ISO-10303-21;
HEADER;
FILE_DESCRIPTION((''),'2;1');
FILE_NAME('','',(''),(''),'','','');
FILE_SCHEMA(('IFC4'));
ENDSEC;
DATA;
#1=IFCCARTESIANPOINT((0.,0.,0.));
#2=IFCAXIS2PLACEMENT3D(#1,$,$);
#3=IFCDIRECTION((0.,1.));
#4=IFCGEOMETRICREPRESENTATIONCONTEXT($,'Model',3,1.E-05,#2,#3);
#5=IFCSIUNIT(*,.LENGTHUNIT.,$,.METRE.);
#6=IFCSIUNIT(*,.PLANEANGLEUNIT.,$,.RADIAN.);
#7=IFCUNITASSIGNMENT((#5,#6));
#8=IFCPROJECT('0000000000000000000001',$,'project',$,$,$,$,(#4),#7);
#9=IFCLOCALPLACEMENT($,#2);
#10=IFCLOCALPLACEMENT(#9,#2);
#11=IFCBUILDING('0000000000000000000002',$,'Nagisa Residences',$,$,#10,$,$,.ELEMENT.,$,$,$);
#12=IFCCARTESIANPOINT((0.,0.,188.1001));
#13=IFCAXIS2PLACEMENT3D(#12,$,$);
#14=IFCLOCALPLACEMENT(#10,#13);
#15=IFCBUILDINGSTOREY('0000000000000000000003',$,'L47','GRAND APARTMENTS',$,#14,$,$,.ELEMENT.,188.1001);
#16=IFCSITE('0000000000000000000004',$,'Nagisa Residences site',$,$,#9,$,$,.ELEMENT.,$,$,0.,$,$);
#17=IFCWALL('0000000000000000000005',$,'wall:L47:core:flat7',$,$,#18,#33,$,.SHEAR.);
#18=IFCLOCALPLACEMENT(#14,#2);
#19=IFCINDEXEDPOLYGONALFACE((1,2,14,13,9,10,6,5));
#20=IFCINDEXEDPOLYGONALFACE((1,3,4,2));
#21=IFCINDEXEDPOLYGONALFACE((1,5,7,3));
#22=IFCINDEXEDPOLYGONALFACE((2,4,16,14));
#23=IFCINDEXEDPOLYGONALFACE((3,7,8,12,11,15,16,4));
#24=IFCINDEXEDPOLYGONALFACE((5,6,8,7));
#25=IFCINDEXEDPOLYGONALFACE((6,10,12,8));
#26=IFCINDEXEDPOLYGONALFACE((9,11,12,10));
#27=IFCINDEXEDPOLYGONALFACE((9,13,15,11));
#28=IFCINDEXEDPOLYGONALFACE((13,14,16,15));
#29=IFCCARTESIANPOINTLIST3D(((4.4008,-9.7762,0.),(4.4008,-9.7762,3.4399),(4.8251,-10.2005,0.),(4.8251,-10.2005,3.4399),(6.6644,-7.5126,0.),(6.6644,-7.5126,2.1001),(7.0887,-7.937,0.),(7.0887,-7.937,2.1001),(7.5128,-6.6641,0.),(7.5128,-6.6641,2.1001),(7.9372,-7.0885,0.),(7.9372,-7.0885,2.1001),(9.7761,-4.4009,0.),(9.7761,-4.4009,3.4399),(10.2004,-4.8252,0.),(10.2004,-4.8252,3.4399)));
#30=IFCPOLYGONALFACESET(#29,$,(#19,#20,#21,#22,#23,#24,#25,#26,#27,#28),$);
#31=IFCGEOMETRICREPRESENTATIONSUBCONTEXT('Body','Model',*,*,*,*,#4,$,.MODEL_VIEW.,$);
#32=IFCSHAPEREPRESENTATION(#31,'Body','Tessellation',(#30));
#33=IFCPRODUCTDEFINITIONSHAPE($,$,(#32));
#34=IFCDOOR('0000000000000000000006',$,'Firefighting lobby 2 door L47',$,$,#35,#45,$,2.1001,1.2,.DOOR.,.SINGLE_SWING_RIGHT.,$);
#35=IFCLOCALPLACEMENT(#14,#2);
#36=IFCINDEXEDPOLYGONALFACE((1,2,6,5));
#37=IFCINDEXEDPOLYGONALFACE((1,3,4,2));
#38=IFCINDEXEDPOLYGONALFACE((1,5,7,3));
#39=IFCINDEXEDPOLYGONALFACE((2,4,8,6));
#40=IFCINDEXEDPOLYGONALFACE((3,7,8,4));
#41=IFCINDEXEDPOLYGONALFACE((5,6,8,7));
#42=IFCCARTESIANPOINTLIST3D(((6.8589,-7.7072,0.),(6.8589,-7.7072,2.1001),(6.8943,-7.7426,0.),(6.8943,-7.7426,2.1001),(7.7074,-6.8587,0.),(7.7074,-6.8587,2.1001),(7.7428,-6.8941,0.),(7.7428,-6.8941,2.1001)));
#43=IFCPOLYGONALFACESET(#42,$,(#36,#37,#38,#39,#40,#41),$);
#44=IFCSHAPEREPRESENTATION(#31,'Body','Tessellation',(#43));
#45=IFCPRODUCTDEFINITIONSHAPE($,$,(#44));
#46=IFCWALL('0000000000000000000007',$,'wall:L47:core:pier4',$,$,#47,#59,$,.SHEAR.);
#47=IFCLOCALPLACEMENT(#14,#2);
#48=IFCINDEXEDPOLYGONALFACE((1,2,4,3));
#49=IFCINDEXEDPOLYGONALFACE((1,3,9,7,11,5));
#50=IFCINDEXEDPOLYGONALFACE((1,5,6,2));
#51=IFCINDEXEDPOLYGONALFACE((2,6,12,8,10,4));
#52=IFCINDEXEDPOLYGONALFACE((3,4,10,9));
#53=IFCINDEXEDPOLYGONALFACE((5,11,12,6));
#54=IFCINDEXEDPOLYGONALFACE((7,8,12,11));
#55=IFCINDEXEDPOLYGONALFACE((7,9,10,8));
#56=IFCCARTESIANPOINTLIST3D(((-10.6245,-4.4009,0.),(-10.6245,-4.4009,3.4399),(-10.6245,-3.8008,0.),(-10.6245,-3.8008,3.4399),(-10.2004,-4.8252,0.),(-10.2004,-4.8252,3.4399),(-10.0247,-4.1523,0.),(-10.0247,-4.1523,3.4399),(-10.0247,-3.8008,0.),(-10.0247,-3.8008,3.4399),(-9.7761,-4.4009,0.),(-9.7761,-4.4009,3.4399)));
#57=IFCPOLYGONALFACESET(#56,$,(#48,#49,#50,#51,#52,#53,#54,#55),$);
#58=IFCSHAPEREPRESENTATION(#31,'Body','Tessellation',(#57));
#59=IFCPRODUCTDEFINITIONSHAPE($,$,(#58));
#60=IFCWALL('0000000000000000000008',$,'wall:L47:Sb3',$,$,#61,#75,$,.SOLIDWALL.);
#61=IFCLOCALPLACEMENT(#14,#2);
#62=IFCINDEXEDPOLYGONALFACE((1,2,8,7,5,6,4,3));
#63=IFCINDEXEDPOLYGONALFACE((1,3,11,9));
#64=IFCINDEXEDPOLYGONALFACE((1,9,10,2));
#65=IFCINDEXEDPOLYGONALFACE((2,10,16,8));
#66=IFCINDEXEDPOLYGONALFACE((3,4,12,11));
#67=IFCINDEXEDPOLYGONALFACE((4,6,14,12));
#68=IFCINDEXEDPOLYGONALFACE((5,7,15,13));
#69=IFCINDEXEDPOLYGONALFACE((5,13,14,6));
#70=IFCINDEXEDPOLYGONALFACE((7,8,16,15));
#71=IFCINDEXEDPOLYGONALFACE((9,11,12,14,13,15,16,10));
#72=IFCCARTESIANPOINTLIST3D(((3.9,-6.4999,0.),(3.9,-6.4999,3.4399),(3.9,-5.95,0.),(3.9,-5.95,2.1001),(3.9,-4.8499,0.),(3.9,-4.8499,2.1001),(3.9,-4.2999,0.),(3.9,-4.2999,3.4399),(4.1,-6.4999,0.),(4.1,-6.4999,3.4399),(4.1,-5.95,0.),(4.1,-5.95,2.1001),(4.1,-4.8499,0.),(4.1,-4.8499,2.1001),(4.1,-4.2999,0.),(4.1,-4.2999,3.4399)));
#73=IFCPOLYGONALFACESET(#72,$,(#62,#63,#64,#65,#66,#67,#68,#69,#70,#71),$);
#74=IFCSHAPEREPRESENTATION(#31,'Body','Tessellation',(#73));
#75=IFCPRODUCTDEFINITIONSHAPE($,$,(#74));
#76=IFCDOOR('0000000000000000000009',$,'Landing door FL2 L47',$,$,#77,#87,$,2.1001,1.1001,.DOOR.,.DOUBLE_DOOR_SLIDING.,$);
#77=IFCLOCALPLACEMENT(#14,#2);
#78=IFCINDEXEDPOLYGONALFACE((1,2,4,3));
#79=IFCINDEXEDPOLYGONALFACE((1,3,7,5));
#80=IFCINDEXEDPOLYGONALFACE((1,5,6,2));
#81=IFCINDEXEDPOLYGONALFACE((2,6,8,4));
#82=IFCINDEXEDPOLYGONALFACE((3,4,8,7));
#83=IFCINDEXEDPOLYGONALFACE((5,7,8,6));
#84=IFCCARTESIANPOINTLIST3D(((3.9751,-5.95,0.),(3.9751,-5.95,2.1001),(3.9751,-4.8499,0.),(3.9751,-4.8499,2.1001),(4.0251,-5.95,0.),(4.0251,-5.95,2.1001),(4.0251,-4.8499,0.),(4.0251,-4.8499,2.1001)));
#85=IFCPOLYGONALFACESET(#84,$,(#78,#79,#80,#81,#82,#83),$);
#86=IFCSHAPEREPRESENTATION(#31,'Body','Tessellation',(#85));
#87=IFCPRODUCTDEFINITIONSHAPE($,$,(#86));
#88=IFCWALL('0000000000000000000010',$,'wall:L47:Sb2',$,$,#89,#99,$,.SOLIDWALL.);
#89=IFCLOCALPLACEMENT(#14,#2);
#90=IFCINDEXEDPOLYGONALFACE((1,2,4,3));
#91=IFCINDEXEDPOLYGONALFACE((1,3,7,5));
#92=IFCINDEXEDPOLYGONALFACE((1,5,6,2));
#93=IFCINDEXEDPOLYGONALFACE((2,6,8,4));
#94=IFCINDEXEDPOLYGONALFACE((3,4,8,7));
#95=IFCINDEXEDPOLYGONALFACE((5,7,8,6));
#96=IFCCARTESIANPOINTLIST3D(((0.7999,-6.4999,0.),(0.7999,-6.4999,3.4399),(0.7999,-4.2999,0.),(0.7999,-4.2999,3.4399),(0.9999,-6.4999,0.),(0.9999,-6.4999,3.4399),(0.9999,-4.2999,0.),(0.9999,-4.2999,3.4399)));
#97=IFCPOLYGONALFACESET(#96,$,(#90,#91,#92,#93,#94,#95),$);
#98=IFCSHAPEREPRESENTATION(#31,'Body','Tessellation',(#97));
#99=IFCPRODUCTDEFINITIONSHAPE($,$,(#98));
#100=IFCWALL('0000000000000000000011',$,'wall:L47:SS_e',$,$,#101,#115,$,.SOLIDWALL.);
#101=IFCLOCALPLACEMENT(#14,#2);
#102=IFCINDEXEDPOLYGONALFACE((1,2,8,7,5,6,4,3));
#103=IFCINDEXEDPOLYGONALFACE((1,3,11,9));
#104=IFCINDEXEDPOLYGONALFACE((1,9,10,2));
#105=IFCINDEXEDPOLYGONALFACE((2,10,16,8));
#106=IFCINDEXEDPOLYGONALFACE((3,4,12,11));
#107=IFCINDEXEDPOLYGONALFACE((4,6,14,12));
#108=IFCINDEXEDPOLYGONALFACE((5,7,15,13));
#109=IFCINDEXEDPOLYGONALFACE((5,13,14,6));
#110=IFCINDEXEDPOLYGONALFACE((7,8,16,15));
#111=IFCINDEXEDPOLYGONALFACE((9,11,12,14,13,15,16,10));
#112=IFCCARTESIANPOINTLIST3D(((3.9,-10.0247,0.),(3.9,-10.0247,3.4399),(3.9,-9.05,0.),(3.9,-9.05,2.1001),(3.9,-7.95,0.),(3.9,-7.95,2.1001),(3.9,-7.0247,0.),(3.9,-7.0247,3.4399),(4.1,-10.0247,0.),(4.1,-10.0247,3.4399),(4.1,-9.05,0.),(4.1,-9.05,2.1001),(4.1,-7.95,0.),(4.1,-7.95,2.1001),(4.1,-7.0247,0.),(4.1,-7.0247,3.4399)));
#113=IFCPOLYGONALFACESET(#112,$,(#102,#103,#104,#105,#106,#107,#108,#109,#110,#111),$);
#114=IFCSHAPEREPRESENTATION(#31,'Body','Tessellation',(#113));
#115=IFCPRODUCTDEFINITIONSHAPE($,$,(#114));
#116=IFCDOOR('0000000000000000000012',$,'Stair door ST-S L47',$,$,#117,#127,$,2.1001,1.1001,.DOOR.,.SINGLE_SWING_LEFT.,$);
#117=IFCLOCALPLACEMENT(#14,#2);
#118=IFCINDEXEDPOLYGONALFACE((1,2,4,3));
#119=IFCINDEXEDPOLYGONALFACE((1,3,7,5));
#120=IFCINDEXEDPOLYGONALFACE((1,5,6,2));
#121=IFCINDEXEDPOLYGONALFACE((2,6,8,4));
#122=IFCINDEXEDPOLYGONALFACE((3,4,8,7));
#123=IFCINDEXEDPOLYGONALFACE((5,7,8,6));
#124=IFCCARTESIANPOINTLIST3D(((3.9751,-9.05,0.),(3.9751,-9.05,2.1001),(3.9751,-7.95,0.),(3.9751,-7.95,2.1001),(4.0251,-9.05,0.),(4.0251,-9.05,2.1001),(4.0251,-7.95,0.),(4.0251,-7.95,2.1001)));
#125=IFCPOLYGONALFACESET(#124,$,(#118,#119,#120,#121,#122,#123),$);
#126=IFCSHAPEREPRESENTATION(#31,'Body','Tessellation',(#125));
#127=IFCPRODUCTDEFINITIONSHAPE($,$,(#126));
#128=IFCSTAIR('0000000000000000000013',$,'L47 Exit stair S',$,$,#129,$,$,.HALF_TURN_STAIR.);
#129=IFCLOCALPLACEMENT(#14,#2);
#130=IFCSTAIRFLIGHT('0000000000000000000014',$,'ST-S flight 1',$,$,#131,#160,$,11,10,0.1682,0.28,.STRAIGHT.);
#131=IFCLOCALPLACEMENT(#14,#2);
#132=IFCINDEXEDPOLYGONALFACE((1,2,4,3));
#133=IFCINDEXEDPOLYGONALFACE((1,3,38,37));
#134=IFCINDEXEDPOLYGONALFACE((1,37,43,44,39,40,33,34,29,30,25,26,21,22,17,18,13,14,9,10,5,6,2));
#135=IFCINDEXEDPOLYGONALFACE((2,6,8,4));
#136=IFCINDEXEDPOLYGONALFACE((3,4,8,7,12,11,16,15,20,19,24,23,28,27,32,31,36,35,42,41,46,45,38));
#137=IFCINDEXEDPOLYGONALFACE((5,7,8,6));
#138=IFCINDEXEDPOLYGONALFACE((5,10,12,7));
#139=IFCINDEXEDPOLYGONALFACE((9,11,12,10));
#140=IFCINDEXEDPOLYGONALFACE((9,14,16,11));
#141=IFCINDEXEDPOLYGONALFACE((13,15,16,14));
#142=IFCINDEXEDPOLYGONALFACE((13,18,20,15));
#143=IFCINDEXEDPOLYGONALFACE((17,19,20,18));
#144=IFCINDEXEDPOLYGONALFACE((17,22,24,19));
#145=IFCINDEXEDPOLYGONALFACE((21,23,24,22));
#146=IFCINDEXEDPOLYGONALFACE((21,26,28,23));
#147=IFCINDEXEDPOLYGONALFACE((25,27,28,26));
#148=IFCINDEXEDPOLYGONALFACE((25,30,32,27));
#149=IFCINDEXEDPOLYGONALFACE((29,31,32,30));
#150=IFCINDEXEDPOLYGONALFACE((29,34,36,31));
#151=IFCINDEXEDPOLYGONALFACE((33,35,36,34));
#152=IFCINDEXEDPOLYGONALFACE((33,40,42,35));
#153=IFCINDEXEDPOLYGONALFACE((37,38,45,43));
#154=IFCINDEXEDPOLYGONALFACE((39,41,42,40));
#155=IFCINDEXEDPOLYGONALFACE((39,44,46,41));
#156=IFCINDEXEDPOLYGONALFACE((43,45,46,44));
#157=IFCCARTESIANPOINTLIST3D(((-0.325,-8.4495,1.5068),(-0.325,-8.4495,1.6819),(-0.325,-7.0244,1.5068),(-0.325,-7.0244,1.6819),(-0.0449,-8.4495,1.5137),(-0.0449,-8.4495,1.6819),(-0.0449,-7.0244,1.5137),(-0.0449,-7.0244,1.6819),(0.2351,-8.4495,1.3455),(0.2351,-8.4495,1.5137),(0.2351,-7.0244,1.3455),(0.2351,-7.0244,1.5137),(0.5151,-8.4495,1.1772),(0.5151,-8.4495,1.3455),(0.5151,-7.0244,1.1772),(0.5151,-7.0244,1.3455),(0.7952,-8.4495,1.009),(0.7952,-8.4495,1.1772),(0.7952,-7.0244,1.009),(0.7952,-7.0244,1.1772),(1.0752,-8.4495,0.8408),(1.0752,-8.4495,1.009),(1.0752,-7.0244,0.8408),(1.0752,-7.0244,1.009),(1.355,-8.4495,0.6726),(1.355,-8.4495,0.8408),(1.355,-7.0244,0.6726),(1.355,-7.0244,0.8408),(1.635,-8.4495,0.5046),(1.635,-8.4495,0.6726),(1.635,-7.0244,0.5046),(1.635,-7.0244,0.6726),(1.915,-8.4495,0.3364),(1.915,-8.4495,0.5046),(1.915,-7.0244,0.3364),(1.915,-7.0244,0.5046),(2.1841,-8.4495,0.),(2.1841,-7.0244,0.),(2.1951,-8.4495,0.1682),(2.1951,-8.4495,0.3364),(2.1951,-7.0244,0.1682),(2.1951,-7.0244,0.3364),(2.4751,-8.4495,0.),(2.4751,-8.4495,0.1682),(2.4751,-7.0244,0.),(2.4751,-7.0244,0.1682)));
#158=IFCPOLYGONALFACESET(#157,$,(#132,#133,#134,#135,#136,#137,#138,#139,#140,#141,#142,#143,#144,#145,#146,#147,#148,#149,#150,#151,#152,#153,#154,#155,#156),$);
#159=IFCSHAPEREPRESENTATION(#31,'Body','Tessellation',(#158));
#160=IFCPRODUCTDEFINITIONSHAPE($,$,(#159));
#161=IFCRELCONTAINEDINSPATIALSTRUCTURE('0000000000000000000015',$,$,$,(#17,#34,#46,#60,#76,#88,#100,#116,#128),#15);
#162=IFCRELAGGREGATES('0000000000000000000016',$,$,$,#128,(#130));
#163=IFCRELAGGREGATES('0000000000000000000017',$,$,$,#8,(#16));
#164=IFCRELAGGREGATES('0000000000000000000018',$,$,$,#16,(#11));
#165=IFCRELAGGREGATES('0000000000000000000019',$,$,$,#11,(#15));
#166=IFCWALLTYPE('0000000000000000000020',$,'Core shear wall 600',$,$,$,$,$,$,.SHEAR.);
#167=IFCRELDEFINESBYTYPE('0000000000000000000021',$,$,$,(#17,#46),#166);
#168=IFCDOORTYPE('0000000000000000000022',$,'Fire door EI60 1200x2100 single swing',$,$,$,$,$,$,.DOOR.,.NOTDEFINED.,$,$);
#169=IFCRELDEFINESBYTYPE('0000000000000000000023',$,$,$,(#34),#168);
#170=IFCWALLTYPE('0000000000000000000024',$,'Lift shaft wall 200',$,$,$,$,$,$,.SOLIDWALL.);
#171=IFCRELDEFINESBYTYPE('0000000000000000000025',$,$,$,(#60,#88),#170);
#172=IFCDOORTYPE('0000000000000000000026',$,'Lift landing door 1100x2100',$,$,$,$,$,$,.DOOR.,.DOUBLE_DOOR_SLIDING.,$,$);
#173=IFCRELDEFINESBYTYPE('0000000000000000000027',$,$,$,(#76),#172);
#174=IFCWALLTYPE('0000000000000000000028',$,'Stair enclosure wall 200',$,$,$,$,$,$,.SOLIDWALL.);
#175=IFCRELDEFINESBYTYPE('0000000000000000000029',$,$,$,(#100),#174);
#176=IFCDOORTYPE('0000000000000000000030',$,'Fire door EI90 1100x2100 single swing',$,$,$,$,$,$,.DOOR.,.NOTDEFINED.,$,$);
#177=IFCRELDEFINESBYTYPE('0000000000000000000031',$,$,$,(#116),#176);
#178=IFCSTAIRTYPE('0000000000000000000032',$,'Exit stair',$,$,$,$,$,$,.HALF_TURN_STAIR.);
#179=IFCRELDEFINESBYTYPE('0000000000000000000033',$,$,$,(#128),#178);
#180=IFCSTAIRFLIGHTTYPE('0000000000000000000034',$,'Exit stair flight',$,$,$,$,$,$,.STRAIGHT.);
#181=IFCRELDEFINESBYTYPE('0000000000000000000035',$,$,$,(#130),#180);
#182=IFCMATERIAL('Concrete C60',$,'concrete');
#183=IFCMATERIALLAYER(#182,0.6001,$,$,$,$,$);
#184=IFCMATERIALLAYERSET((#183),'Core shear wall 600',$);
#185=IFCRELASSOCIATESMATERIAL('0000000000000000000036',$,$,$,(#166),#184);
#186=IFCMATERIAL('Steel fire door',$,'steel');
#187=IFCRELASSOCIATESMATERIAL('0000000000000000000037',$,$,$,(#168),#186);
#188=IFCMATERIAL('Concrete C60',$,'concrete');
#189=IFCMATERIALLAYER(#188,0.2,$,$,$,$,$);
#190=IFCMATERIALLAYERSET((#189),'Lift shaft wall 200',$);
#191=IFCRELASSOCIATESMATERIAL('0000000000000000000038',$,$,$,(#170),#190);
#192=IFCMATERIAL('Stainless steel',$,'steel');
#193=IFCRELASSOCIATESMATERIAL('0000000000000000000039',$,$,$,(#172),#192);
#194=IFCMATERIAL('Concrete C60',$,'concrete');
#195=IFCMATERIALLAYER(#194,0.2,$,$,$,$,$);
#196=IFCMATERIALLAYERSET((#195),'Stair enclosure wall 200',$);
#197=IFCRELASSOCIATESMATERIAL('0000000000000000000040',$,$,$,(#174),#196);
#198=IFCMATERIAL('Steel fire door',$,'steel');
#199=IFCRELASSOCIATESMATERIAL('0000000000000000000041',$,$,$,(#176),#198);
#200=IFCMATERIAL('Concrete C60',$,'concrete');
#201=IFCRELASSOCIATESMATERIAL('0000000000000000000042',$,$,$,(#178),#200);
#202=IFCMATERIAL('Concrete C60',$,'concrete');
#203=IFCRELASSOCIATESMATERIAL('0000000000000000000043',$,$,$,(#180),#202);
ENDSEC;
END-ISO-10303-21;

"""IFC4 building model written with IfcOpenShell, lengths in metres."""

from ifc_helpers import new_model, si_unit, direction, frame, frame_2d, origin, place, context, subcontext, project, spatial, polyline, rectangle, outline, extrude, material, layer, layer_set, type_object, element, fill, aggregate, save


model = new_model("IFC4")

# Units and contexts
model_context = context("Model", 3, precision=1e-05, world=origin(), true_north=direction((0.0, 1.0)))
body_context = subcontext(model_context, "Body", "Model", "MODEL_VIEW")
ifc_project = project(units=[si_unit("LENGTHUNIT", "METRE"), si_unit("PLANEANGLEUNIT", "RADIAN")], contexts=[model_context])

# Site, building, storey
site_placement = place(None, origin())
site = spatial("IfcSite", under=ifc_project, at=site_placement, Name="Nagisa Residences site", CompositionType="ELEMENT", RefElevation=0.0)
building_placement = place(site_placement, origin())
building = spatial("IfcBuilding", under=site, at=building_placement, Name="Nagisa Residences", CompositionType="ELEMENT")
storey_placement = place(building_placement, frame((0.0, 0.0, 188.1001)))
storey = spatial("IfcBuildingStorey", under=building, at=storey_placement, Name="L47", Description="GRAND APARTMENTS", CompositionType="ELEMENT", Elevation=188.1001)

# Wall, opening, door
ifc_material_1 = material(Name="Concrete C60", Category="concrete")
ifc_layer_1 = layer(ifc_material_1, 0.6001)
ifc_layer_set_1 = layer_set([ifc_layer_1], Name="Core shear wall 600")
wall_type_1 = type_object("IfcWallType", Name="Core shear wall 600", PredefinedType="SHEAR", material=ifc_layer_set_1)
wall_1_placement = place(storey_placement, frame((4.613, -9.9883, 0.0), z_axis=(0.0, 0.0, 1.0), x_axis=(0.707107, 0.707107, 0.0)))
wall_1 = element("IfcWall", 1, at=wall_1_placement, inside=storey, type_object=wall_type_1, Name="wall:L47:core:flat7", PredefinedType="SHEAR", context=body_context, shape_type="SweptSolid", body=[
    extrude(rectangle(XDim=7.6018, YDim=0.6001, at=frame_2d((3.8008, 0.0))), origin(), (0.0, 0.0, 1.0), 3.4399),
])
opening_1_placement = place(wall_1_placement, frame((3.2009, 0.0, 0.0)))
opening_1 = element("IfcOpeningElement", 2, at=opening_1_placement, cuts=wall_1, PredefinedType="OPENING", context=body_context, shape_type="SweptSolid", body=[
    extrude(rectangle(XDim=1.2, YDim=2.1001, at=frame_2d((0.6001, 1.05))), frame((0.0, 0.3101, 0.0), z_axis=(0.0, -1.0, 0.0), x_axis=(1.0, 0.0, 0.0)), (0.0, 0.0, 1.0), 0.6201),
])
ifc_material_2 = material(Name="Steel fire door", Category="steel")
door_type_1 = type_object("IfcDoorType", Name="Fire door EI60 1200x2100 single swing", OperationType="NOTDEFINED", PredefinedType="DOOR", material=ifc_material_2)
door_1_placement = place(opening_1_placement, origin())
door_1 = element("IfcDoor", 3, at=door_1_placement, inside=storey, type_object=door_type_1, Name="Firefighting lobby 2 door L47", OperationType="SINGLE_SWING_RIGHT", OverallHeight=2.1001, OverallWidth=1.2, PredefinedType="DOOR", context=body_context, shape_type="SweptSolid", body=[
    extrude(rectangle(XDim=1.2, YDim=2.1001, at=frame_2d((0.6001, 1.05))), frame((0.0, 0.0249, 0.0), z_axis=(0.0, -1.0, 0.0), x_axis=(1.0, 0.0, 0.0)), (0.0, 0.0, 1.0), 0.05),
])
fill(opening_1, door_1)

# Wall
wall_2_placement = place(storey_placement, origin())
element("IfcWall", 4, at=wall_2_placement, inside=storey, type_object=wall_type_1, Name="wall:L47:core:pier4", PredefinedType="SHEAR", context=body_context, shape_type="SweptSolid", body=[
    extrude(outline(polyline([(-10.6245, -3.8008), (-10.0247, -3.8008), (-10.0247, -4.1523), (-9.7761, -4.4009), (-10.2004, -4.8252), (-10.6245, -4.4009), (-10.6245, -3.8008)])), origin(), (0.0, 0.0, 1.0), 3.4399),
])

# Wall, opening, door
ifc_material_3 = material(Name="Concrete C60", Category="concrete")
ifc_layer_2 = layer(ifc_material_3, 0.2)
ifc_layer_set_2 = layer_set([ifc_layer_2], Name="Lift shaft wall 200")
wall_type_2 = type_object("IfcWallType", Name="Lift shaft wall 200", PredefinedType="SOLIDWALL", material=ifc_layer_set_2)
wall_3_placement = place(storey_placement, frame((4.0, -6.5, 0.0), z_axis=(0.0, 0.0, 1.0), x_axis=(0.0, 1.0, 0.0)))
wall_3 = element("IfcWall", 5, at=wall_3_placement, inside=storey, type_object=wall_type_2, Name="wall:L47:Sb3", PredefinedType="SOLIDWALL", context=body_context, shape_type="SweptSolid", body=[
    extrude(rectangle(XDim=2.2, YDim=0.2, at=frame_2d((1.1001, 0.0))), origin(), (0.0, 0.0, 1.0), 3.4399),
])
opening_2_placement = place(wall_3_placement, frame((0.55, 0.0, 0.0)))
opening_2 = element("IfcOpeningElement", 6, at=opening_2_placement, cuts=wall_3, PredefinedType="OPENING", context=body_context, shape_type="SweptSolid", body=[
    extrude(rectangle(XDim=1.1001, YDim=2.1001, at=frame_2d((0.55, 1.05))), frame((0.0, 0.1099, 0.0), z_axis=(0.0, -1.0, 0.0), x_axis=(1.0, 0.0, 0.0)), (0.0, 0.0, 1.0), 0.22),
])
ifc_material_4 = material(Name="Stainless steel", Category="steel")
door_type_2 = type_object("IfcDoorType", Name="Lift landing door 1100x2100", OperationType="DOUBLE_DOOR_SLIDING", PredefinedType="DOOR", material=ifc_material_4)
door_2_placement = place(opening_2_placement, origin())
door_2 = element("IfcDoor", 7, at=door_2_placement, inside=storey, type_object=door_type_2, Name="Landing door FL2 L47", OperationType="DOUBLE_DOOR_SLIDING", OverallHeight=2.1001, OverallWidth=1.1001, PredefinedType="DOOR", context=body_context, shape_type="SweptSolid", body=[
    extrude(rectangle(XDim=1.1001, YDim=2.1001, at=frame_2d((0.55, 1.05))), frame((0.0, 0.0249, 0.0), z_axis=(0.0, -1.0, 0.0), x_axis=(1.0, 0.0, 0.0)), (0.0, 0.0, 1.0), 0.05),
])
fill(opening_2, door_2)

# Wall
wall_4_placement = place(storey_placement, frame((0.8999, -6.5, 0.0), z_axis=(0.0, 0.0, 1.0), x_axis=(0.0, 1.0, 0.0)))
element("IfcWall", 8, at=wall_4_placement, inside=storey, type_object=wall_type_2, Name="wall:L47:Sb2", PredefinedType="SOLIDWALL", context=body_context, shape_type="SweptSolid", body=[
    extrude(rectangle(XDim=2.2, YDim=0.2, at=frame_2d((1.1001, 0.0))), origin(), (0.0, 0.0, 1.0), 3.4399),
])

# Wall, opening, door
ifc_material_5 = material(Name="Concrete C60", Category="concrete")
ifc_layer_3 = layer(ifc_material_5, 0.2)
ifc_layer_set_3 = layer_set([ifc_layer_3], Name="Stair enclosure wall 200")
wall_type_3 = type_object("IfcWallType", Name="Stair enclosure wall 200", PredefinedType="SOLIDWALL", material=ifc_layer_set_3)
wall_5_placement = place(storey_placement, frame((4.0, -10.0247, 0.0), z_axis=(0.0, 0.0, 1.0), x_axis=(0.0, 1.0, 0.0)))
wall_5 = element("IfcWall", 9, at=wall_5_placement, inside=storey, type_object=wall_type_3, Name="wall:L47:SS_e", PredefinedType="SOLIDWALL", context=body_context, shape_type="SweptSolid", body=[
    extrude(rectangle(XDim=3.0, YDim=0.2, at=frame_2d((1.5, 0.0))), origin(), (0.0, 0.0, 1.0), 3.4399),
])
opening_3_placement = place(wall_5_placement, frame((0.9746, 0.0, 0.0)))
opening_3 = element("IfcOpeningElement", 10, at=opening_3_placement, cuts=wall_5, PredefinedType="OPENING", context=body_context, shape_type="SweptSolid", body=[
    extrude(rectangle(XDim=1.1001, YDim=2.1001, at=frame_2d((0.55, 1.05))), frame((0.0, 0.1099, 0.0), z_axis=(0.0, -1.0, 0.0), x_axis=(1.0, 0.0, 0.0)), (0.0, 0.0, 1.0), 0.22),
])
ifc_material_6 = material(Name="Steel fire door", Category="steel")
door_type_3 = type_object("IfcDoorType", Name="Fire door EI90 1100x2100 single swing", OperationType="NOTDEFINED", PredefinedType="DOOR", material=ifc_material_6)
door_3_placement = place(opening_3_placement, origin())
door_3 = element("IfcDoor", 11, at=door_3_placement, inside=storey, type_object=door_type_3, Name="Stair door ST-S L47", OperationType="SINGLE_SWING_LEFT", OverallHeight=2.1001, OverallWidth=1.1001, PredefinedType="DOOR", context=body_context, shape_type="SweptSolid", body=[
    extrude(rectangle(XDim=1.1001, YDim=2.1001, at=frame_2d((0.55, 1.05))), frame((0.0, 0.0249, 0.0), z_axis=(0.0, -1.0, 0.0), x_axis=(1.0, 0.0, 0.0)), (0.0, 0.0, 1.0), 0.05),
])
fill(opening_3, door_3)

# Stair, stair flight
ifc_material_7 = material(Name="Concrete C60", Category="concrete")
stair_type = type_object("IfcStairType", Name="Exit stair", PredefinedType="HALF_TURN_STAIR", material=ifc_material_7)
stair_placement = place(storey_placement, origin())
stair = element("IfcStair", 12, at=stair_placement, inside=storey, type_object=stair_type, Name="L47 Exit stair S", PredefinedType="HALF_TURN_STAIR")
ifc_material_8 = material(Name="Concrete C60", Category="concrete")
stair_flight_type = type_object("IfcStairFlightType", Name="Exit stair flight", PredefinedType="STRAIGHT", material=ifc_material_8)
stair_flight_placement = place(storey_placement, frame((2.4751, -7.7371, 0.0), z_axis=(0.0, 0.0, 1.0), x_axis=(-1.0, 0.0, 0.0)))
stair_flight = element("IfcStairFlight", 13, at=stair_flight_placement, type_object=stair_flight_type, Name="ST-S flight 1", NumberOfRisers=11, NumberOfTreads=10, PredefinedType="STRAIGHT", RiserHeight=0.1682, TreadLength=0.28, context=body_context, shape_type="SweptSolid", body=[
    extrude(outline(polyline([(0.0, 0.0), (0.0, 0.1682), (0.28, 0.1682), (0.28, 0.3364), (0.5601, 0.3364), (0.5601, 0.5046), (0.8401, 0.5046), (0.8401, 0.6726), (1.1201, 0.6726), (1.1201, 0.8408), (1.3999, 0.8408), (1.3999, 1.009), (1.6799, 1.009), (1.6799, 1.1772), (1.96, 1.1772), (1.96, 1.3455), (2.24, 1.3455), (2.24, 1.5137), (2.52, 1.5137), (2.52, 1.6819), (2.8, 1.6819), (2.8, 1.8501), (2.8, 1.5068), (0.291, 0.0), (0.0, 0.0)])), frame((0.0, 0.7124, 0.0), z_axis=(0.0, -1.0, 0.0), x_axis=(1.0, 0.0, 0.0)), (0.0, 0.0, 1.0), 1.425),
])
aggregate(stair, [stair_flight])

save(model, "model.ifc")
